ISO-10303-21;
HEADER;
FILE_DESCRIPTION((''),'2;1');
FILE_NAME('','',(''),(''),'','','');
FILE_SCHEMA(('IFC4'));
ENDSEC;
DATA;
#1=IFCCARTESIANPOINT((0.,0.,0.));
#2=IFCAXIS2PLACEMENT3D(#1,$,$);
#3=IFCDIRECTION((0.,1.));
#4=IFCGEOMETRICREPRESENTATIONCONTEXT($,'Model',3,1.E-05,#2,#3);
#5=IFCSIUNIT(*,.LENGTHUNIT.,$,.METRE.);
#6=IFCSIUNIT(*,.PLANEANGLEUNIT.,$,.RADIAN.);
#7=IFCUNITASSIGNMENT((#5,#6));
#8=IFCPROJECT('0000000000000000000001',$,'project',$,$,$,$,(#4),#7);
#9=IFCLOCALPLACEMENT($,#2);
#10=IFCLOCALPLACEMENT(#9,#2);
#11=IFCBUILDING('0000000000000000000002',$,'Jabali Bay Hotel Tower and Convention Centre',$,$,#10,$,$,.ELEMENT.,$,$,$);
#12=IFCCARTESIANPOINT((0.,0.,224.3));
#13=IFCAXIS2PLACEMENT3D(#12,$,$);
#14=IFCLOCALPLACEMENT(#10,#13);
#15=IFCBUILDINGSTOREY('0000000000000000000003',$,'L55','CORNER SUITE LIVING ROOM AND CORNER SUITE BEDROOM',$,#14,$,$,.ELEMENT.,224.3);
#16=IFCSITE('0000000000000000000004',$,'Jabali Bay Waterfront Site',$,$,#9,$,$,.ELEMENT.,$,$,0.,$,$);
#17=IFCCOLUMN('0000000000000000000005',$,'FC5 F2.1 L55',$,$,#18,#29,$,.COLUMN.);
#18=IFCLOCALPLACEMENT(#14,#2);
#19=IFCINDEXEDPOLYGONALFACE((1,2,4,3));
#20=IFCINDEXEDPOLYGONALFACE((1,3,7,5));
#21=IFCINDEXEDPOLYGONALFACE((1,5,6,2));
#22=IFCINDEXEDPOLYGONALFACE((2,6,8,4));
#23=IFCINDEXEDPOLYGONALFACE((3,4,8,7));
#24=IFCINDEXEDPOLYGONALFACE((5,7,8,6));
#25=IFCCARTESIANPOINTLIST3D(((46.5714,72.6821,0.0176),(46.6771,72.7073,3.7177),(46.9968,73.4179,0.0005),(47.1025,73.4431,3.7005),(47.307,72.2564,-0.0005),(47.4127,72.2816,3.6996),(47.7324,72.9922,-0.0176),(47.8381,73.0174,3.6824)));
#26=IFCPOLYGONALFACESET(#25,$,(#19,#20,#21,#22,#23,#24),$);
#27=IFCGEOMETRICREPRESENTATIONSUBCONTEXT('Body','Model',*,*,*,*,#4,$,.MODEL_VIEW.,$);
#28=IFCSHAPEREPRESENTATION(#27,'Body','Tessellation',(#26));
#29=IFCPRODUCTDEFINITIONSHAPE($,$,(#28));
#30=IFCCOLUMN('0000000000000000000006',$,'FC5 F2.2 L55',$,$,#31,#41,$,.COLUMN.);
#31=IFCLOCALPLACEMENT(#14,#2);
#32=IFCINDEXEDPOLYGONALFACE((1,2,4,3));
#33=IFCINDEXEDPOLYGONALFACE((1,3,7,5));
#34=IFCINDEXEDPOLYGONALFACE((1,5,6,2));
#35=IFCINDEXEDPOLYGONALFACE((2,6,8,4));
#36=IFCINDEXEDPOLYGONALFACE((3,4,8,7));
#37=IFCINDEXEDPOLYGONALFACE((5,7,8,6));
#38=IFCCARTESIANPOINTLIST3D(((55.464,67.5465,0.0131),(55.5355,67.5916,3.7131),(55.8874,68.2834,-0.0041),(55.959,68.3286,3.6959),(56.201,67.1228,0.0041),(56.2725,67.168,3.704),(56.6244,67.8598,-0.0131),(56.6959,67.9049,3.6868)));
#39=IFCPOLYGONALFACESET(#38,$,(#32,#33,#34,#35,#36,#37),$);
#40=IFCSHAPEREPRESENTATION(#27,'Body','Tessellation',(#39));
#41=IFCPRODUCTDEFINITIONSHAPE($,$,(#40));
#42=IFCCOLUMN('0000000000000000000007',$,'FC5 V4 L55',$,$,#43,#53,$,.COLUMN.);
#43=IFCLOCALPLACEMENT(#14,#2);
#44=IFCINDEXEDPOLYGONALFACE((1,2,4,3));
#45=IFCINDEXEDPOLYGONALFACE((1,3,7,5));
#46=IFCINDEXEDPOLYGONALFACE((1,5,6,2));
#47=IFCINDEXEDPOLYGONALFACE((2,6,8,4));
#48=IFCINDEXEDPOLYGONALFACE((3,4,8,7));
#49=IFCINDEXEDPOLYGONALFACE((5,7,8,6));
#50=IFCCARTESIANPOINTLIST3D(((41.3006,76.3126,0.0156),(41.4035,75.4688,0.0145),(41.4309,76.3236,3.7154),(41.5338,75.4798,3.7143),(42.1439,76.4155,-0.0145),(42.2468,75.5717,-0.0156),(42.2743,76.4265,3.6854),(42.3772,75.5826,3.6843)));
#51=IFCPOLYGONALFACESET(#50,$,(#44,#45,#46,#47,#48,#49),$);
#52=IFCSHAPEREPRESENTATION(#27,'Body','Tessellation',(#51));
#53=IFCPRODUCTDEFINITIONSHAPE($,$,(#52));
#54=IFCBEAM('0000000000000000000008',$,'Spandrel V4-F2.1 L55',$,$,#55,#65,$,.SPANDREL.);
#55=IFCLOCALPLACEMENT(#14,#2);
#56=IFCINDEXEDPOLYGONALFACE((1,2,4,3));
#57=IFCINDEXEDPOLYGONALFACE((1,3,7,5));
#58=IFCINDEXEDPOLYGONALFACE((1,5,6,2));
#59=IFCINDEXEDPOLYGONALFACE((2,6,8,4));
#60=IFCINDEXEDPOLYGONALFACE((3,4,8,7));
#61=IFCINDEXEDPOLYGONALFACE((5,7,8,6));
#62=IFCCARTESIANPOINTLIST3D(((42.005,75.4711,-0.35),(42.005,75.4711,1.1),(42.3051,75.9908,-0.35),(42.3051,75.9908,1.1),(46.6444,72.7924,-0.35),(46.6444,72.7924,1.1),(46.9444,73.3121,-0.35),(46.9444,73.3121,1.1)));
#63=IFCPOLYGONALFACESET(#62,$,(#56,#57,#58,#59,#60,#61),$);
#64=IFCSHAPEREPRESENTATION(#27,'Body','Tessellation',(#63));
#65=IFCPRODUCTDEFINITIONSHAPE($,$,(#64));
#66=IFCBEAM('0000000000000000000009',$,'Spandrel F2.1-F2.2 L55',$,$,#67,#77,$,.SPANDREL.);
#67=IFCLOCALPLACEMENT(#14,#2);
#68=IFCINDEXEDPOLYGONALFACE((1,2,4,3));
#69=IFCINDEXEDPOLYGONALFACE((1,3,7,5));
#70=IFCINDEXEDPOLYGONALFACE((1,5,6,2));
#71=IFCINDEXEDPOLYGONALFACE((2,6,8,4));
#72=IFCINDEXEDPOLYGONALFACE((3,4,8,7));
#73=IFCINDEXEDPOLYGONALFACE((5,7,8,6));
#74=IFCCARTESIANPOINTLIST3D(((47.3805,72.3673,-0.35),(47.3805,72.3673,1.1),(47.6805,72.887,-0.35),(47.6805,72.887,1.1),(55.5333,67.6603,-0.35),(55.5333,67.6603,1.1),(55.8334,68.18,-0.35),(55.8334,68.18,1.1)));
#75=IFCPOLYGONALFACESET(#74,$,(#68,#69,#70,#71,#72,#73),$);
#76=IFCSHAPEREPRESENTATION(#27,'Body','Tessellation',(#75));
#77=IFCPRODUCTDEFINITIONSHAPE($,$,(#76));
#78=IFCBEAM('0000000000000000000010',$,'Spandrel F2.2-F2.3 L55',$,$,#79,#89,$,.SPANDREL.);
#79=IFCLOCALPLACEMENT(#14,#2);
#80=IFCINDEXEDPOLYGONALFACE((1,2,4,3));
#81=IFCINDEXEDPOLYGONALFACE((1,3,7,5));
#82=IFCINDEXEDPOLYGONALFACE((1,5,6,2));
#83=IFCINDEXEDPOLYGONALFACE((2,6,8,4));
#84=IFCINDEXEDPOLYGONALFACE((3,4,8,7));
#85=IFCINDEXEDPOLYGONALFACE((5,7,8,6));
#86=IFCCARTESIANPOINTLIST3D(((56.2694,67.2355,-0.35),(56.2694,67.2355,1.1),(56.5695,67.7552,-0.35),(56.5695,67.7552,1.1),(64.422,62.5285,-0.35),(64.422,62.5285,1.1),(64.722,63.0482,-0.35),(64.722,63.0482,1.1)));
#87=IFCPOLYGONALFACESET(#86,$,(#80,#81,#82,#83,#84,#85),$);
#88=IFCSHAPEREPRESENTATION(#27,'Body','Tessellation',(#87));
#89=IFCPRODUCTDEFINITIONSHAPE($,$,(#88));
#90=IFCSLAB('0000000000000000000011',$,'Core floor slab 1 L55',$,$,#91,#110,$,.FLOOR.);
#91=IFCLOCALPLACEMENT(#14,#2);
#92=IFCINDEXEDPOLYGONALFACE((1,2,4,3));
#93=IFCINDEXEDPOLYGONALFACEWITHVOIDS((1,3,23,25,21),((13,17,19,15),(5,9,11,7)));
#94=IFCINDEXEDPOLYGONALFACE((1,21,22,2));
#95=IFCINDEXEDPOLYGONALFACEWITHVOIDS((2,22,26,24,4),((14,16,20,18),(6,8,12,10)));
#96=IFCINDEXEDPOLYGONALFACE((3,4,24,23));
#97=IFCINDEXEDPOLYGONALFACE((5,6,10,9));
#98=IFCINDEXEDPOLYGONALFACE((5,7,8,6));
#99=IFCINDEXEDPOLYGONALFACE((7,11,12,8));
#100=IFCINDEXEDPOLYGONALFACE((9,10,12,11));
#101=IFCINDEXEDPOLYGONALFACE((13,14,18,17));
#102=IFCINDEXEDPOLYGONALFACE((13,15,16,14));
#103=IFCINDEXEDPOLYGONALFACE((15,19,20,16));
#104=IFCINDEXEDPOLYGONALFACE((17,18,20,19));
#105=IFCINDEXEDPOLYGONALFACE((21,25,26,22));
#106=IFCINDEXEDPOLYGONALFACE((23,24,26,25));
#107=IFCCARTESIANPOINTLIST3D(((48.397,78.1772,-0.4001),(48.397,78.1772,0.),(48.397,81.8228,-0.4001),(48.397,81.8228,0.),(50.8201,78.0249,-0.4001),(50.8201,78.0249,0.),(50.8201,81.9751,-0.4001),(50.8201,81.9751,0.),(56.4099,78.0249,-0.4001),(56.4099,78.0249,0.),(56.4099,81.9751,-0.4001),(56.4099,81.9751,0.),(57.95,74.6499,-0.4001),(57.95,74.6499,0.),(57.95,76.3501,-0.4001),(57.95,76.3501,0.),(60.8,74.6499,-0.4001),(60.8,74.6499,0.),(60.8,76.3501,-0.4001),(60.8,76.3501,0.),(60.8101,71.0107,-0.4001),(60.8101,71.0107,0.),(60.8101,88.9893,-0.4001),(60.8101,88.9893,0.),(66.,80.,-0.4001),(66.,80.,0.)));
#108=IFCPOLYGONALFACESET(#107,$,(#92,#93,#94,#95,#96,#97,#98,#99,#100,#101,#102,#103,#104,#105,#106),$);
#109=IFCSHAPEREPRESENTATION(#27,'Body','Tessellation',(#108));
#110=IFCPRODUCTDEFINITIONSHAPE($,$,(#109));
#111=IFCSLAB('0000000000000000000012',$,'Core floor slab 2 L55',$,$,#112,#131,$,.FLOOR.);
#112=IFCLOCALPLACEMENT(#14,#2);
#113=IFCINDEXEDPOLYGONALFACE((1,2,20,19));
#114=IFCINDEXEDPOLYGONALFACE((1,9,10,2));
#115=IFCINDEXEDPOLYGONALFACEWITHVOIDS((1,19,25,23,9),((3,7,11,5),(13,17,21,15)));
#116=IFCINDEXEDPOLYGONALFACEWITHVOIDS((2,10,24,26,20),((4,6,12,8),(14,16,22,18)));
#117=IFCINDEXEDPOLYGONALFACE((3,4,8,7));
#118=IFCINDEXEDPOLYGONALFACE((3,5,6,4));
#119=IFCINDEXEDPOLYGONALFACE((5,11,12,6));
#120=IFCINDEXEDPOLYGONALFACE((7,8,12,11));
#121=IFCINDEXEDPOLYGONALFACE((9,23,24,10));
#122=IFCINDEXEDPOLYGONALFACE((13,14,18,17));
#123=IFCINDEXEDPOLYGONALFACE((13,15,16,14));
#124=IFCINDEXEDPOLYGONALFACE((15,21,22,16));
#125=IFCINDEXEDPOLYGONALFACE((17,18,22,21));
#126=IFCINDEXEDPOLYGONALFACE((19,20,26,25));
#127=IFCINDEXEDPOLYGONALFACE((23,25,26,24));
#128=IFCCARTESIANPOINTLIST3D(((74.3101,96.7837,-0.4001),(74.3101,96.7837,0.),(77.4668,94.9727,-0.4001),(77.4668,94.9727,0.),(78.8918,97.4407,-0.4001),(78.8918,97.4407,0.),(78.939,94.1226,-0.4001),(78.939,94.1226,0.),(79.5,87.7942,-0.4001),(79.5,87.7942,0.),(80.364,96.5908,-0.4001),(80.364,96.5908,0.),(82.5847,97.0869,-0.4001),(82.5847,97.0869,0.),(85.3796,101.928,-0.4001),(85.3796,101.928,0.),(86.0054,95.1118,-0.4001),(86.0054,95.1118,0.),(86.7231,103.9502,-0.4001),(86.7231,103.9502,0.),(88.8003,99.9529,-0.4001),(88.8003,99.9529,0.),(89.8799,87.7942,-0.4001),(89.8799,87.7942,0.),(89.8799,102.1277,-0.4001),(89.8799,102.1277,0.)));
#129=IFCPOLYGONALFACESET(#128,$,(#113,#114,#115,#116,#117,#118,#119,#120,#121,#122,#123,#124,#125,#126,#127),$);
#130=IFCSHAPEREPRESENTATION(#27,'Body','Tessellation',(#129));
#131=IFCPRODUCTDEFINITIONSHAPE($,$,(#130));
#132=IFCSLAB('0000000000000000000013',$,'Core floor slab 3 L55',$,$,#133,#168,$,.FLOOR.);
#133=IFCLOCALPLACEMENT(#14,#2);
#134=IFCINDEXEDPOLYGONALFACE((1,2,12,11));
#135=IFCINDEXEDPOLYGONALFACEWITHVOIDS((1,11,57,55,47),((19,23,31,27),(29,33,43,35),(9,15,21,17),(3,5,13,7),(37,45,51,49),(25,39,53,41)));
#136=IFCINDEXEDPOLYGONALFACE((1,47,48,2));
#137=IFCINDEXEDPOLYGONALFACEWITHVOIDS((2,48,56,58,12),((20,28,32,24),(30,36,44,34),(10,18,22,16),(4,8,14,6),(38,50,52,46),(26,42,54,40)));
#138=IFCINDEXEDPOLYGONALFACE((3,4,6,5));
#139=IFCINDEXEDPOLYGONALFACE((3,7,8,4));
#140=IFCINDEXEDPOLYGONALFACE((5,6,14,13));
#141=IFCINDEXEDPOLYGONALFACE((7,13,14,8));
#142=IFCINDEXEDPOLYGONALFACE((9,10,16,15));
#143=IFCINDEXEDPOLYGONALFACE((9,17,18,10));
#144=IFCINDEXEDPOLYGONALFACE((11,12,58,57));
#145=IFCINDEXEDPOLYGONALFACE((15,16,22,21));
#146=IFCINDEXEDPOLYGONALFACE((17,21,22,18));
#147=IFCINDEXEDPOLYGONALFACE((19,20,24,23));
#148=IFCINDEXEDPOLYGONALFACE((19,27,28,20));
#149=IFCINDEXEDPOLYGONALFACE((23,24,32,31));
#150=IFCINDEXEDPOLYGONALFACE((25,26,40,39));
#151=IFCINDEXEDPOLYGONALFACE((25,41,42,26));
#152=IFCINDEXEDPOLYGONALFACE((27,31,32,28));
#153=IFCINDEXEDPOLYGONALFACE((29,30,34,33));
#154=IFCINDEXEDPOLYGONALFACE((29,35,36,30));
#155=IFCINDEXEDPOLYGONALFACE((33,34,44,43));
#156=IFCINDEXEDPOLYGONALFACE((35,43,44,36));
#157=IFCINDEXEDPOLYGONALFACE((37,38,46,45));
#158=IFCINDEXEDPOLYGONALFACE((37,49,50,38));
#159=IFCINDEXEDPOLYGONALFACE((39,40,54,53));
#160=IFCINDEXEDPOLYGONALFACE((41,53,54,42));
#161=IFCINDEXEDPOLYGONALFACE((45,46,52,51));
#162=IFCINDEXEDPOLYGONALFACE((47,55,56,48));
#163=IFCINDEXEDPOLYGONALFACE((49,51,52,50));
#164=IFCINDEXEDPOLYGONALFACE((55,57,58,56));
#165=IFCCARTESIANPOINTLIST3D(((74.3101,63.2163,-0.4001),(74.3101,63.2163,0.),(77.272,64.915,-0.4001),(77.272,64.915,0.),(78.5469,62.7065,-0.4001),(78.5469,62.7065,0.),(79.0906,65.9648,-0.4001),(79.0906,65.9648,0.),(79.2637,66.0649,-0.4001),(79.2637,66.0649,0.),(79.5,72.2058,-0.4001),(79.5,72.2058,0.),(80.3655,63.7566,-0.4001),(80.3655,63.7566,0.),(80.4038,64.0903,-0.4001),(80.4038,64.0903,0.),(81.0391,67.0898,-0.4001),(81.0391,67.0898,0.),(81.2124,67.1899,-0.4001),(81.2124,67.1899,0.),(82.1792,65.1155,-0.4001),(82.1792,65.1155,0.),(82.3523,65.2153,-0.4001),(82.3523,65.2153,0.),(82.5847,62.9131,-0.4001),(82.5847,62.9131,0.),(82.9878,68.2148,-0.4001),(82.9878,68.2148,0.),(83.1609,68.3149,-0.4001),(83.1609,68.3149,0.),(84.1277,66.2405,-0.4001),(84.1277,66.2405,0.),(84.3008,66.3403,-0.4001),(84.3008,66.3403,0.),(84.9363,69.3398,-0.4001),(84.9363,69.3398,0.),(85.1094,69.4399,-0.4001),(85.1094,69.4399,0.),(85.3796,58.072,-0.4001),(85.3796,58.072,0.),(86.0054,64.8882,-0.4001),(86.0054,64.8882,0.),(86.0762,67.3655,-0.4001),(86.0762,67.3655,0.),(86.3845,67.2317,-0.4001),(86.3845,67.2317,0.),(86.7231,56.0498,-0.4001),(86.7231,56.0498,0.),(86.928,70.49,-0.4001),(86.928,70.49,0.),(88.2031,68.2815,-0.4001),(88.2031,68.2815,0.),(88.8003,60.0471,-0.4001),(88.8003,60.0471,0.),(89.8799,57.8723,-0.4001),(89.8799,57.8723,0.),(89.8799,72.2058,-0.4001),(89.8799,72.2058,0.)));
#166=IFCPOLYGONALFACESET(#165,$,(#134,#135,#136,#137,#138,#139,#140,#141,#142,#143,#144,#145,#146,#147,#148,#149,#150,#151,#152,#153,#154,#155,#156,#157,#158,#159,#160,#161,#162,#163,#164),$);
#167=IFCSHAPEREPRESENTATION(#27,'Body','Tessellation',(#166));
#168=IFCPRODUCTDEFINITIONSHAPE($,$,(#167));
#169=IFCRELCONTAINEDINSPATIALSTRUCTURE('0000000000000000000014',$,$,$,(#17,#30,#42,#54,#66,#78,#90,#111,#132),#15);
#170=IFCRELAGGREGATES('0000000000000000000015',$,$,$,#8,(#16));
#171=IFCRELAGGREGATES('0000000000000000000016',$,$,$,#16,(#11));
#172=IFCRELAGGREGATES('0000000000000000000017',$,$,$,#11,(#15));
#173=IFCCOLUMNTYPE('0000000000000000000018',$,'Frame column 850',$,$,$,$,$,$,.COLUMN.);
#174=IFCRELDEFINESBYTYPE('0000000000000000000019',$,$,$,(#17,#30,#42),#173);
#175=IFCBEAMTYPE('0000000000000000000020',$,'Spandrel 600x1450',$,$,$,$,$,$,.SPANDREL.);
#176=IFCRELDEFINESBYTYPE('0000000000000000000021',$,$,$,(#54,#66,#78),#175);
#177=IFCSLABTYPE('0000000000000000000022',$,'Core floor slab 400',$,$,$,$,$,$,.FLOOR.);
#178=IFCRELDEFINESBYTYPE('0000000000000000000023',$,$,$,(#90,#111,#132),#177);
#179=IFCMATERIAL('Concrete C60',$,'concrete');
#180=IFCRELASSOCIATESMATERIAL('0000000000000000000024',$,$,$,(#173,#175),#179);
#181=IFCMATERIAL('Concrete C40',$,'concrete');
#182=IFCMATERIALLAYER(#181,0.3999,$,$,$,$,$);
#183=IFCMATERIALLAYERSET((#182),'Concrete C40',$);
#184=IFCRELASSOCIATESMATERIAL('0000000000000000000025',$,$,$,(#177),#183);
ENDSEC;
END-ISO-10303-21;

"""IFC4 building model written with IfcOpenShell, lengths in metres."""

from ifc_helpers import new_model, si_unit, direction, frame, origin, origin_2d, place, context, subcontext, project, spatial, polyline, rectangle, outline, extrude, material, layer, layer_set, material_profile, profile_set, type_object, element, save


model = new_model("IFC4")

# Units and contexts
model_context = context("Model", 3, precision=1e-05, world=origin(), true_north=direction((0.0, 1.0)))
body_context = subcontext(model_context, "Body", "Model", "MODEL_VIEW")
ifc_project = project(units=[si_unit("LENGTHUNIT", "METRE"), si_unit("PLANEANGLEUNIT", "RADIAN")], contexts=[model_context])

# Site, building, storey
site_placement = place(None, origin())
site = spatial("IfcSite", under=ifc_project, at=site_placement, Name="Jabali Bay Waterfront Site", CompositionType="ELEMENT", RefElevation=0.0)
building_placement = place(site_placement, origin())
building = spatial("IfcBuilding", under=site, at=building_placement, Name="Jabali Bay Hotel Tower and Convention Centre", CompositionType="ELEMENT")
storey_placement = place(building_placement, frame((0.0, 0.0, 224.3)))
storey = spatial("IfcBuildingStorey", under=building, at=storey_placement, Name="L55", Description="CORNER SUITE LIVING ROOM AND CORNER SUITE BEDROOM", CompositionType="ELEMENT", Elevation=224.3)

# Columns
ifc_material_1 = material(Name="Concrete C60", Category="concrete")
ifc_material_profile_1 = material_profile(ifc_material_1, rectangle(XDim=0.8501, YDim=0.8501, at=origin_2d()), Name="Frame column 850")
ifc_profile_set_1 = profile_set([ifc_material_profile_1], Name="Concrete C60")
column_type = type_object("IfcColumnType", Name="Frame column 850", PredefinedType="COLUMN", material=ifc_profile_set_1)
column_1_placement = place(storey_placement, frame((47.1519, 72.8372, 0.0), z_axis=(0.028559, 0.006794, 0.999569), x_axis=(-0.865319, 0.500768, 0.02132)))
element("IfcColumn", 1, at=column_1_placement, inside=storey, type_object=column_type, Name="FC5 F2.1 L55", PredefinedType="COLUMN", context=body_context, shape_type="SweptSolid", body=[
    extrude(rectangle(XDim=0.8501, YDim=0.8501, at=origin_2d()), origin(), (0.0, 0.0, 1.0), 3.7017),
])
column_2_placement = place(storey_placement, frame((56.0442, 67.7031, 0.0), z_axis=(0.019329, 0.012204, 0.999739), x_axis=(-0.866909, 0.498352, 0.010677)))
element("IfcColumn", 2, at=column_2_placement, inside=storey, type_object=column_type, Name="FC5 F2.2 L55", PredefinedType="COLUMN", context=body_context, shape_type="SweptSolid", body=[
    extrude(rectangle(XDim=0.8501, YDim=0.8501, at=origin_2d()), origin(), (0.0, 0.0, 1.0), 3.7009),
])
column_3_placement = place(storey_placement, frame((41.7737, 75.9421, 0.0), z_axis=(0.035214, 0.002967, 0.999375), x_axis=(-0.121039, 0.992647, 0.001317)))
element("IfcColumn", 3, at=column_3_placement, inside=storey, type_object=column_type, Name="FC5 V4 L55", PredefinedType="COLUMN", context=body_context, shape_type="SweptSolid", body=[
    extrude(rectangle(XDim=0.8501, YDim=0.8501, at=origin_2d()), origin(), (0.0, 0.0, 1.0), 3.7021),
])

# Beams
ifc_material_profile_2 = material_profile(ifc_material_1, rectangle(XDim=0.6001, YDim=1.45, at=origin_2d()), Name="Spandrel 600x1450")
ifc_profile_set_2 = profile_set([ifc_material_profile_2], Name="Concrete C60")
beam_type = type_object("IfcBeamType", Name="Spandrel 600x1450", PredefinedType="SPANDREL", material=ifc_profile_set_2)
beam_1_placement = place(storey_placement, frame((42.155, 75.731, 0.375), z_axis=(0.866013, -0.500021, 0.0), x_axis=(0.500021, 0.866013, 0.0)))
element("IfcBeam", 4, at=beam_1_placement, inside=storey, type_object=beam_type, Name="Spandrel V4-F2.1 L55", PredefinedType="SPANDREL", context=body_context, shape_type="SweptSolid", body=[
    extrude(rectangle(XDim=0.6001, YDim=1.45, at=origin_2d()), origin(), (0.0, 0.0, 1.0), 5.3572),
])
beam_2_placement = place(storey_placement, frame((47.5305, 72.6272, 0.375), z_axis=(0.866026, -0.499999, 0.0), x_axis=(0.499999, 0.866026, 0.0)))
element("IfcBeam", 5, at=beam_2_placement, inside=storey, type_object=beam_type, Name="Spandrel F2.1-F2.2 L55", PredefinedType="SPANDREL", context=body_context, shape_type="SweptSolid", body=[
    extrude(rectangle(XDim=0.6001, YDim=1.45, at=origin_2d()), origin(), (0.0, 0.0, 1.0), 9.4141),
])
beam_3_placement = place(storey_placement, frame((56.4194, 67.4954, 0.375), z_axis=(0.866019, -0.500011, 0.0), x_axis=(0.500011, 0.866019, 0.0)))
element("IfcBeam", 6, at=beam_3_placement, inside=storey, type_object=beam_type, Name="Spandrel F2.2-F2.3 L55", PredefinedType="SPANDREL", context=body_context, shape_type="SweptSolid", body=[
    extrude(rectangle(XDim=0.6001, YDim=1.45, at=origin_2d()), origin(), (0.0, 0.0, 1.0), 9.4138),
])

# Slabs
ifc_material_2 = material(Name="Concrete C40", Category="concrete")
ifc_layer_1 = layer(ifc_material_2, 0.3999)
ifc_layer_set_1 = layer_set([ifc_layer_1], Name="Concrete C40")
slab_type_1 = type_object("IfcSlabType", Name="Core floor slab 400", PredefinedType="FLOOR", material=ifc_layer_set_1)
slab_1_placement = place(storey_placement, frame((0.0, 0.0, -0.4001)))
element("IfcSlab", 7, at=slab_1_placement, inside=storey, type_object=slab_type_1, Name="Core floor slab 1 L55", PredefinedType="FLOOR", context=body_context, shape_type="SweptSolid", body=[
    extrude(outline(polyline([(66.0, 80.0), (60.8101, 88.9893), (48.397, 81.8228), (48.397, 78.1772), (60.8101, 71.0107), (66.0, 80.0)]), holes=[polyline([(60.8, 76.3501), (57.95, 76.3501), (57.95, 74.6499), (60.8, 74.6499), (60.8, 76.3501)]), polyline([(50.8201, 81.9751), (50.8201, 78.0249), (56.4099, 78.0249), (56.4099, 81.9751), (50.8201, 81.9751)])]), origin(), (0.0, 0.0, 1.0), 0.4001),
])
slab_2_placement = place(storey_placement, frame((0.0, 0.0, -0.4001)))
element("IfcSlab", 8, at=slab_2_placement, inside=storey, type_object=slab_type_1, Name="Core floor slab 2 L55", PredefinedType="FLOOR", context=body_context, shape_type="SweptSolid", body=[
    extrude(outline(polyline([(79.5, 87.7942), (89.8799, 87.7942), (89.8799, 102.1277), (86.7231, 103.9502), (74.3101, 96.7837), (79.5, 87.7942)]), holes=[polyline([(78.939, 94.1226), (80.364, 96.5908), (78.8918, 97.4407), (77.4668, 94.9727), (78.939, 94.1226)]), polyline([(88.8003, 99.9529), (85.3796, 101.928), (82.5847, 97.0869), (86.0054, 95.1118), (88.8003, 99.9529)])]), origin(), (0.0, 0.0, 1.0), 0.4001),
])
slab_3_placement = place(storey_placement, frame((0.0, 0.0, -0.4001)))
element("IfcSlab", 9, at=slab_3_placement, inside=storey, type_object=slab_type_1, Name="Core floor slab 3 L55", PredefinedType="FLOOR", context=body_context, shape_type="SweptSolid", body=[
    extrude(outline(polyline([(79.5, 72.2058), (74.3101, 63.2163), (86.7231, 56.0498), (89.8799, 57.8723), (89.8799, 72.2058), (79.5, 72.2058)]), holes=[polyline([(82.5847, 62.9131), (85.3796, 58.072), (88.8003, 60.0471), (86.0054, 64.8882), (82.5847, 62.9131)]), polyline([(80.3655, 63.7566), (79.0906, 65.9648), (77.272, 64.915), (78.5469, 62.7065), (80.3655, 63.7566)]), polyline([(82.1792, 65.1155), (81.0391, 67.0898), (79.2637, 66.0649), (80.4038, 64.0903), (82.1792, 65.1155)]), polyline([(82.9878, 68.2148), (81.2124, 67.1899), (82.3523, 65.2153), (84.1277, 66.2405), (82.9878, 68.2148)]), polyline([(86.0762, 67.3655), (84.9363, 69.3398), (83.1609, 68.3149), (84.3008, 66.3403), (86.0762, 67.3655)]), polyline([(88.2031, 68.2815), (86.928, 70.49), (85.1094, 69.4399), (86.3845, 67.2317), (88.2031, 68.2815)])]), origin(), (0.0, 0.0, 1.0), 0.4001),
])

save(model, "model.ifc")
